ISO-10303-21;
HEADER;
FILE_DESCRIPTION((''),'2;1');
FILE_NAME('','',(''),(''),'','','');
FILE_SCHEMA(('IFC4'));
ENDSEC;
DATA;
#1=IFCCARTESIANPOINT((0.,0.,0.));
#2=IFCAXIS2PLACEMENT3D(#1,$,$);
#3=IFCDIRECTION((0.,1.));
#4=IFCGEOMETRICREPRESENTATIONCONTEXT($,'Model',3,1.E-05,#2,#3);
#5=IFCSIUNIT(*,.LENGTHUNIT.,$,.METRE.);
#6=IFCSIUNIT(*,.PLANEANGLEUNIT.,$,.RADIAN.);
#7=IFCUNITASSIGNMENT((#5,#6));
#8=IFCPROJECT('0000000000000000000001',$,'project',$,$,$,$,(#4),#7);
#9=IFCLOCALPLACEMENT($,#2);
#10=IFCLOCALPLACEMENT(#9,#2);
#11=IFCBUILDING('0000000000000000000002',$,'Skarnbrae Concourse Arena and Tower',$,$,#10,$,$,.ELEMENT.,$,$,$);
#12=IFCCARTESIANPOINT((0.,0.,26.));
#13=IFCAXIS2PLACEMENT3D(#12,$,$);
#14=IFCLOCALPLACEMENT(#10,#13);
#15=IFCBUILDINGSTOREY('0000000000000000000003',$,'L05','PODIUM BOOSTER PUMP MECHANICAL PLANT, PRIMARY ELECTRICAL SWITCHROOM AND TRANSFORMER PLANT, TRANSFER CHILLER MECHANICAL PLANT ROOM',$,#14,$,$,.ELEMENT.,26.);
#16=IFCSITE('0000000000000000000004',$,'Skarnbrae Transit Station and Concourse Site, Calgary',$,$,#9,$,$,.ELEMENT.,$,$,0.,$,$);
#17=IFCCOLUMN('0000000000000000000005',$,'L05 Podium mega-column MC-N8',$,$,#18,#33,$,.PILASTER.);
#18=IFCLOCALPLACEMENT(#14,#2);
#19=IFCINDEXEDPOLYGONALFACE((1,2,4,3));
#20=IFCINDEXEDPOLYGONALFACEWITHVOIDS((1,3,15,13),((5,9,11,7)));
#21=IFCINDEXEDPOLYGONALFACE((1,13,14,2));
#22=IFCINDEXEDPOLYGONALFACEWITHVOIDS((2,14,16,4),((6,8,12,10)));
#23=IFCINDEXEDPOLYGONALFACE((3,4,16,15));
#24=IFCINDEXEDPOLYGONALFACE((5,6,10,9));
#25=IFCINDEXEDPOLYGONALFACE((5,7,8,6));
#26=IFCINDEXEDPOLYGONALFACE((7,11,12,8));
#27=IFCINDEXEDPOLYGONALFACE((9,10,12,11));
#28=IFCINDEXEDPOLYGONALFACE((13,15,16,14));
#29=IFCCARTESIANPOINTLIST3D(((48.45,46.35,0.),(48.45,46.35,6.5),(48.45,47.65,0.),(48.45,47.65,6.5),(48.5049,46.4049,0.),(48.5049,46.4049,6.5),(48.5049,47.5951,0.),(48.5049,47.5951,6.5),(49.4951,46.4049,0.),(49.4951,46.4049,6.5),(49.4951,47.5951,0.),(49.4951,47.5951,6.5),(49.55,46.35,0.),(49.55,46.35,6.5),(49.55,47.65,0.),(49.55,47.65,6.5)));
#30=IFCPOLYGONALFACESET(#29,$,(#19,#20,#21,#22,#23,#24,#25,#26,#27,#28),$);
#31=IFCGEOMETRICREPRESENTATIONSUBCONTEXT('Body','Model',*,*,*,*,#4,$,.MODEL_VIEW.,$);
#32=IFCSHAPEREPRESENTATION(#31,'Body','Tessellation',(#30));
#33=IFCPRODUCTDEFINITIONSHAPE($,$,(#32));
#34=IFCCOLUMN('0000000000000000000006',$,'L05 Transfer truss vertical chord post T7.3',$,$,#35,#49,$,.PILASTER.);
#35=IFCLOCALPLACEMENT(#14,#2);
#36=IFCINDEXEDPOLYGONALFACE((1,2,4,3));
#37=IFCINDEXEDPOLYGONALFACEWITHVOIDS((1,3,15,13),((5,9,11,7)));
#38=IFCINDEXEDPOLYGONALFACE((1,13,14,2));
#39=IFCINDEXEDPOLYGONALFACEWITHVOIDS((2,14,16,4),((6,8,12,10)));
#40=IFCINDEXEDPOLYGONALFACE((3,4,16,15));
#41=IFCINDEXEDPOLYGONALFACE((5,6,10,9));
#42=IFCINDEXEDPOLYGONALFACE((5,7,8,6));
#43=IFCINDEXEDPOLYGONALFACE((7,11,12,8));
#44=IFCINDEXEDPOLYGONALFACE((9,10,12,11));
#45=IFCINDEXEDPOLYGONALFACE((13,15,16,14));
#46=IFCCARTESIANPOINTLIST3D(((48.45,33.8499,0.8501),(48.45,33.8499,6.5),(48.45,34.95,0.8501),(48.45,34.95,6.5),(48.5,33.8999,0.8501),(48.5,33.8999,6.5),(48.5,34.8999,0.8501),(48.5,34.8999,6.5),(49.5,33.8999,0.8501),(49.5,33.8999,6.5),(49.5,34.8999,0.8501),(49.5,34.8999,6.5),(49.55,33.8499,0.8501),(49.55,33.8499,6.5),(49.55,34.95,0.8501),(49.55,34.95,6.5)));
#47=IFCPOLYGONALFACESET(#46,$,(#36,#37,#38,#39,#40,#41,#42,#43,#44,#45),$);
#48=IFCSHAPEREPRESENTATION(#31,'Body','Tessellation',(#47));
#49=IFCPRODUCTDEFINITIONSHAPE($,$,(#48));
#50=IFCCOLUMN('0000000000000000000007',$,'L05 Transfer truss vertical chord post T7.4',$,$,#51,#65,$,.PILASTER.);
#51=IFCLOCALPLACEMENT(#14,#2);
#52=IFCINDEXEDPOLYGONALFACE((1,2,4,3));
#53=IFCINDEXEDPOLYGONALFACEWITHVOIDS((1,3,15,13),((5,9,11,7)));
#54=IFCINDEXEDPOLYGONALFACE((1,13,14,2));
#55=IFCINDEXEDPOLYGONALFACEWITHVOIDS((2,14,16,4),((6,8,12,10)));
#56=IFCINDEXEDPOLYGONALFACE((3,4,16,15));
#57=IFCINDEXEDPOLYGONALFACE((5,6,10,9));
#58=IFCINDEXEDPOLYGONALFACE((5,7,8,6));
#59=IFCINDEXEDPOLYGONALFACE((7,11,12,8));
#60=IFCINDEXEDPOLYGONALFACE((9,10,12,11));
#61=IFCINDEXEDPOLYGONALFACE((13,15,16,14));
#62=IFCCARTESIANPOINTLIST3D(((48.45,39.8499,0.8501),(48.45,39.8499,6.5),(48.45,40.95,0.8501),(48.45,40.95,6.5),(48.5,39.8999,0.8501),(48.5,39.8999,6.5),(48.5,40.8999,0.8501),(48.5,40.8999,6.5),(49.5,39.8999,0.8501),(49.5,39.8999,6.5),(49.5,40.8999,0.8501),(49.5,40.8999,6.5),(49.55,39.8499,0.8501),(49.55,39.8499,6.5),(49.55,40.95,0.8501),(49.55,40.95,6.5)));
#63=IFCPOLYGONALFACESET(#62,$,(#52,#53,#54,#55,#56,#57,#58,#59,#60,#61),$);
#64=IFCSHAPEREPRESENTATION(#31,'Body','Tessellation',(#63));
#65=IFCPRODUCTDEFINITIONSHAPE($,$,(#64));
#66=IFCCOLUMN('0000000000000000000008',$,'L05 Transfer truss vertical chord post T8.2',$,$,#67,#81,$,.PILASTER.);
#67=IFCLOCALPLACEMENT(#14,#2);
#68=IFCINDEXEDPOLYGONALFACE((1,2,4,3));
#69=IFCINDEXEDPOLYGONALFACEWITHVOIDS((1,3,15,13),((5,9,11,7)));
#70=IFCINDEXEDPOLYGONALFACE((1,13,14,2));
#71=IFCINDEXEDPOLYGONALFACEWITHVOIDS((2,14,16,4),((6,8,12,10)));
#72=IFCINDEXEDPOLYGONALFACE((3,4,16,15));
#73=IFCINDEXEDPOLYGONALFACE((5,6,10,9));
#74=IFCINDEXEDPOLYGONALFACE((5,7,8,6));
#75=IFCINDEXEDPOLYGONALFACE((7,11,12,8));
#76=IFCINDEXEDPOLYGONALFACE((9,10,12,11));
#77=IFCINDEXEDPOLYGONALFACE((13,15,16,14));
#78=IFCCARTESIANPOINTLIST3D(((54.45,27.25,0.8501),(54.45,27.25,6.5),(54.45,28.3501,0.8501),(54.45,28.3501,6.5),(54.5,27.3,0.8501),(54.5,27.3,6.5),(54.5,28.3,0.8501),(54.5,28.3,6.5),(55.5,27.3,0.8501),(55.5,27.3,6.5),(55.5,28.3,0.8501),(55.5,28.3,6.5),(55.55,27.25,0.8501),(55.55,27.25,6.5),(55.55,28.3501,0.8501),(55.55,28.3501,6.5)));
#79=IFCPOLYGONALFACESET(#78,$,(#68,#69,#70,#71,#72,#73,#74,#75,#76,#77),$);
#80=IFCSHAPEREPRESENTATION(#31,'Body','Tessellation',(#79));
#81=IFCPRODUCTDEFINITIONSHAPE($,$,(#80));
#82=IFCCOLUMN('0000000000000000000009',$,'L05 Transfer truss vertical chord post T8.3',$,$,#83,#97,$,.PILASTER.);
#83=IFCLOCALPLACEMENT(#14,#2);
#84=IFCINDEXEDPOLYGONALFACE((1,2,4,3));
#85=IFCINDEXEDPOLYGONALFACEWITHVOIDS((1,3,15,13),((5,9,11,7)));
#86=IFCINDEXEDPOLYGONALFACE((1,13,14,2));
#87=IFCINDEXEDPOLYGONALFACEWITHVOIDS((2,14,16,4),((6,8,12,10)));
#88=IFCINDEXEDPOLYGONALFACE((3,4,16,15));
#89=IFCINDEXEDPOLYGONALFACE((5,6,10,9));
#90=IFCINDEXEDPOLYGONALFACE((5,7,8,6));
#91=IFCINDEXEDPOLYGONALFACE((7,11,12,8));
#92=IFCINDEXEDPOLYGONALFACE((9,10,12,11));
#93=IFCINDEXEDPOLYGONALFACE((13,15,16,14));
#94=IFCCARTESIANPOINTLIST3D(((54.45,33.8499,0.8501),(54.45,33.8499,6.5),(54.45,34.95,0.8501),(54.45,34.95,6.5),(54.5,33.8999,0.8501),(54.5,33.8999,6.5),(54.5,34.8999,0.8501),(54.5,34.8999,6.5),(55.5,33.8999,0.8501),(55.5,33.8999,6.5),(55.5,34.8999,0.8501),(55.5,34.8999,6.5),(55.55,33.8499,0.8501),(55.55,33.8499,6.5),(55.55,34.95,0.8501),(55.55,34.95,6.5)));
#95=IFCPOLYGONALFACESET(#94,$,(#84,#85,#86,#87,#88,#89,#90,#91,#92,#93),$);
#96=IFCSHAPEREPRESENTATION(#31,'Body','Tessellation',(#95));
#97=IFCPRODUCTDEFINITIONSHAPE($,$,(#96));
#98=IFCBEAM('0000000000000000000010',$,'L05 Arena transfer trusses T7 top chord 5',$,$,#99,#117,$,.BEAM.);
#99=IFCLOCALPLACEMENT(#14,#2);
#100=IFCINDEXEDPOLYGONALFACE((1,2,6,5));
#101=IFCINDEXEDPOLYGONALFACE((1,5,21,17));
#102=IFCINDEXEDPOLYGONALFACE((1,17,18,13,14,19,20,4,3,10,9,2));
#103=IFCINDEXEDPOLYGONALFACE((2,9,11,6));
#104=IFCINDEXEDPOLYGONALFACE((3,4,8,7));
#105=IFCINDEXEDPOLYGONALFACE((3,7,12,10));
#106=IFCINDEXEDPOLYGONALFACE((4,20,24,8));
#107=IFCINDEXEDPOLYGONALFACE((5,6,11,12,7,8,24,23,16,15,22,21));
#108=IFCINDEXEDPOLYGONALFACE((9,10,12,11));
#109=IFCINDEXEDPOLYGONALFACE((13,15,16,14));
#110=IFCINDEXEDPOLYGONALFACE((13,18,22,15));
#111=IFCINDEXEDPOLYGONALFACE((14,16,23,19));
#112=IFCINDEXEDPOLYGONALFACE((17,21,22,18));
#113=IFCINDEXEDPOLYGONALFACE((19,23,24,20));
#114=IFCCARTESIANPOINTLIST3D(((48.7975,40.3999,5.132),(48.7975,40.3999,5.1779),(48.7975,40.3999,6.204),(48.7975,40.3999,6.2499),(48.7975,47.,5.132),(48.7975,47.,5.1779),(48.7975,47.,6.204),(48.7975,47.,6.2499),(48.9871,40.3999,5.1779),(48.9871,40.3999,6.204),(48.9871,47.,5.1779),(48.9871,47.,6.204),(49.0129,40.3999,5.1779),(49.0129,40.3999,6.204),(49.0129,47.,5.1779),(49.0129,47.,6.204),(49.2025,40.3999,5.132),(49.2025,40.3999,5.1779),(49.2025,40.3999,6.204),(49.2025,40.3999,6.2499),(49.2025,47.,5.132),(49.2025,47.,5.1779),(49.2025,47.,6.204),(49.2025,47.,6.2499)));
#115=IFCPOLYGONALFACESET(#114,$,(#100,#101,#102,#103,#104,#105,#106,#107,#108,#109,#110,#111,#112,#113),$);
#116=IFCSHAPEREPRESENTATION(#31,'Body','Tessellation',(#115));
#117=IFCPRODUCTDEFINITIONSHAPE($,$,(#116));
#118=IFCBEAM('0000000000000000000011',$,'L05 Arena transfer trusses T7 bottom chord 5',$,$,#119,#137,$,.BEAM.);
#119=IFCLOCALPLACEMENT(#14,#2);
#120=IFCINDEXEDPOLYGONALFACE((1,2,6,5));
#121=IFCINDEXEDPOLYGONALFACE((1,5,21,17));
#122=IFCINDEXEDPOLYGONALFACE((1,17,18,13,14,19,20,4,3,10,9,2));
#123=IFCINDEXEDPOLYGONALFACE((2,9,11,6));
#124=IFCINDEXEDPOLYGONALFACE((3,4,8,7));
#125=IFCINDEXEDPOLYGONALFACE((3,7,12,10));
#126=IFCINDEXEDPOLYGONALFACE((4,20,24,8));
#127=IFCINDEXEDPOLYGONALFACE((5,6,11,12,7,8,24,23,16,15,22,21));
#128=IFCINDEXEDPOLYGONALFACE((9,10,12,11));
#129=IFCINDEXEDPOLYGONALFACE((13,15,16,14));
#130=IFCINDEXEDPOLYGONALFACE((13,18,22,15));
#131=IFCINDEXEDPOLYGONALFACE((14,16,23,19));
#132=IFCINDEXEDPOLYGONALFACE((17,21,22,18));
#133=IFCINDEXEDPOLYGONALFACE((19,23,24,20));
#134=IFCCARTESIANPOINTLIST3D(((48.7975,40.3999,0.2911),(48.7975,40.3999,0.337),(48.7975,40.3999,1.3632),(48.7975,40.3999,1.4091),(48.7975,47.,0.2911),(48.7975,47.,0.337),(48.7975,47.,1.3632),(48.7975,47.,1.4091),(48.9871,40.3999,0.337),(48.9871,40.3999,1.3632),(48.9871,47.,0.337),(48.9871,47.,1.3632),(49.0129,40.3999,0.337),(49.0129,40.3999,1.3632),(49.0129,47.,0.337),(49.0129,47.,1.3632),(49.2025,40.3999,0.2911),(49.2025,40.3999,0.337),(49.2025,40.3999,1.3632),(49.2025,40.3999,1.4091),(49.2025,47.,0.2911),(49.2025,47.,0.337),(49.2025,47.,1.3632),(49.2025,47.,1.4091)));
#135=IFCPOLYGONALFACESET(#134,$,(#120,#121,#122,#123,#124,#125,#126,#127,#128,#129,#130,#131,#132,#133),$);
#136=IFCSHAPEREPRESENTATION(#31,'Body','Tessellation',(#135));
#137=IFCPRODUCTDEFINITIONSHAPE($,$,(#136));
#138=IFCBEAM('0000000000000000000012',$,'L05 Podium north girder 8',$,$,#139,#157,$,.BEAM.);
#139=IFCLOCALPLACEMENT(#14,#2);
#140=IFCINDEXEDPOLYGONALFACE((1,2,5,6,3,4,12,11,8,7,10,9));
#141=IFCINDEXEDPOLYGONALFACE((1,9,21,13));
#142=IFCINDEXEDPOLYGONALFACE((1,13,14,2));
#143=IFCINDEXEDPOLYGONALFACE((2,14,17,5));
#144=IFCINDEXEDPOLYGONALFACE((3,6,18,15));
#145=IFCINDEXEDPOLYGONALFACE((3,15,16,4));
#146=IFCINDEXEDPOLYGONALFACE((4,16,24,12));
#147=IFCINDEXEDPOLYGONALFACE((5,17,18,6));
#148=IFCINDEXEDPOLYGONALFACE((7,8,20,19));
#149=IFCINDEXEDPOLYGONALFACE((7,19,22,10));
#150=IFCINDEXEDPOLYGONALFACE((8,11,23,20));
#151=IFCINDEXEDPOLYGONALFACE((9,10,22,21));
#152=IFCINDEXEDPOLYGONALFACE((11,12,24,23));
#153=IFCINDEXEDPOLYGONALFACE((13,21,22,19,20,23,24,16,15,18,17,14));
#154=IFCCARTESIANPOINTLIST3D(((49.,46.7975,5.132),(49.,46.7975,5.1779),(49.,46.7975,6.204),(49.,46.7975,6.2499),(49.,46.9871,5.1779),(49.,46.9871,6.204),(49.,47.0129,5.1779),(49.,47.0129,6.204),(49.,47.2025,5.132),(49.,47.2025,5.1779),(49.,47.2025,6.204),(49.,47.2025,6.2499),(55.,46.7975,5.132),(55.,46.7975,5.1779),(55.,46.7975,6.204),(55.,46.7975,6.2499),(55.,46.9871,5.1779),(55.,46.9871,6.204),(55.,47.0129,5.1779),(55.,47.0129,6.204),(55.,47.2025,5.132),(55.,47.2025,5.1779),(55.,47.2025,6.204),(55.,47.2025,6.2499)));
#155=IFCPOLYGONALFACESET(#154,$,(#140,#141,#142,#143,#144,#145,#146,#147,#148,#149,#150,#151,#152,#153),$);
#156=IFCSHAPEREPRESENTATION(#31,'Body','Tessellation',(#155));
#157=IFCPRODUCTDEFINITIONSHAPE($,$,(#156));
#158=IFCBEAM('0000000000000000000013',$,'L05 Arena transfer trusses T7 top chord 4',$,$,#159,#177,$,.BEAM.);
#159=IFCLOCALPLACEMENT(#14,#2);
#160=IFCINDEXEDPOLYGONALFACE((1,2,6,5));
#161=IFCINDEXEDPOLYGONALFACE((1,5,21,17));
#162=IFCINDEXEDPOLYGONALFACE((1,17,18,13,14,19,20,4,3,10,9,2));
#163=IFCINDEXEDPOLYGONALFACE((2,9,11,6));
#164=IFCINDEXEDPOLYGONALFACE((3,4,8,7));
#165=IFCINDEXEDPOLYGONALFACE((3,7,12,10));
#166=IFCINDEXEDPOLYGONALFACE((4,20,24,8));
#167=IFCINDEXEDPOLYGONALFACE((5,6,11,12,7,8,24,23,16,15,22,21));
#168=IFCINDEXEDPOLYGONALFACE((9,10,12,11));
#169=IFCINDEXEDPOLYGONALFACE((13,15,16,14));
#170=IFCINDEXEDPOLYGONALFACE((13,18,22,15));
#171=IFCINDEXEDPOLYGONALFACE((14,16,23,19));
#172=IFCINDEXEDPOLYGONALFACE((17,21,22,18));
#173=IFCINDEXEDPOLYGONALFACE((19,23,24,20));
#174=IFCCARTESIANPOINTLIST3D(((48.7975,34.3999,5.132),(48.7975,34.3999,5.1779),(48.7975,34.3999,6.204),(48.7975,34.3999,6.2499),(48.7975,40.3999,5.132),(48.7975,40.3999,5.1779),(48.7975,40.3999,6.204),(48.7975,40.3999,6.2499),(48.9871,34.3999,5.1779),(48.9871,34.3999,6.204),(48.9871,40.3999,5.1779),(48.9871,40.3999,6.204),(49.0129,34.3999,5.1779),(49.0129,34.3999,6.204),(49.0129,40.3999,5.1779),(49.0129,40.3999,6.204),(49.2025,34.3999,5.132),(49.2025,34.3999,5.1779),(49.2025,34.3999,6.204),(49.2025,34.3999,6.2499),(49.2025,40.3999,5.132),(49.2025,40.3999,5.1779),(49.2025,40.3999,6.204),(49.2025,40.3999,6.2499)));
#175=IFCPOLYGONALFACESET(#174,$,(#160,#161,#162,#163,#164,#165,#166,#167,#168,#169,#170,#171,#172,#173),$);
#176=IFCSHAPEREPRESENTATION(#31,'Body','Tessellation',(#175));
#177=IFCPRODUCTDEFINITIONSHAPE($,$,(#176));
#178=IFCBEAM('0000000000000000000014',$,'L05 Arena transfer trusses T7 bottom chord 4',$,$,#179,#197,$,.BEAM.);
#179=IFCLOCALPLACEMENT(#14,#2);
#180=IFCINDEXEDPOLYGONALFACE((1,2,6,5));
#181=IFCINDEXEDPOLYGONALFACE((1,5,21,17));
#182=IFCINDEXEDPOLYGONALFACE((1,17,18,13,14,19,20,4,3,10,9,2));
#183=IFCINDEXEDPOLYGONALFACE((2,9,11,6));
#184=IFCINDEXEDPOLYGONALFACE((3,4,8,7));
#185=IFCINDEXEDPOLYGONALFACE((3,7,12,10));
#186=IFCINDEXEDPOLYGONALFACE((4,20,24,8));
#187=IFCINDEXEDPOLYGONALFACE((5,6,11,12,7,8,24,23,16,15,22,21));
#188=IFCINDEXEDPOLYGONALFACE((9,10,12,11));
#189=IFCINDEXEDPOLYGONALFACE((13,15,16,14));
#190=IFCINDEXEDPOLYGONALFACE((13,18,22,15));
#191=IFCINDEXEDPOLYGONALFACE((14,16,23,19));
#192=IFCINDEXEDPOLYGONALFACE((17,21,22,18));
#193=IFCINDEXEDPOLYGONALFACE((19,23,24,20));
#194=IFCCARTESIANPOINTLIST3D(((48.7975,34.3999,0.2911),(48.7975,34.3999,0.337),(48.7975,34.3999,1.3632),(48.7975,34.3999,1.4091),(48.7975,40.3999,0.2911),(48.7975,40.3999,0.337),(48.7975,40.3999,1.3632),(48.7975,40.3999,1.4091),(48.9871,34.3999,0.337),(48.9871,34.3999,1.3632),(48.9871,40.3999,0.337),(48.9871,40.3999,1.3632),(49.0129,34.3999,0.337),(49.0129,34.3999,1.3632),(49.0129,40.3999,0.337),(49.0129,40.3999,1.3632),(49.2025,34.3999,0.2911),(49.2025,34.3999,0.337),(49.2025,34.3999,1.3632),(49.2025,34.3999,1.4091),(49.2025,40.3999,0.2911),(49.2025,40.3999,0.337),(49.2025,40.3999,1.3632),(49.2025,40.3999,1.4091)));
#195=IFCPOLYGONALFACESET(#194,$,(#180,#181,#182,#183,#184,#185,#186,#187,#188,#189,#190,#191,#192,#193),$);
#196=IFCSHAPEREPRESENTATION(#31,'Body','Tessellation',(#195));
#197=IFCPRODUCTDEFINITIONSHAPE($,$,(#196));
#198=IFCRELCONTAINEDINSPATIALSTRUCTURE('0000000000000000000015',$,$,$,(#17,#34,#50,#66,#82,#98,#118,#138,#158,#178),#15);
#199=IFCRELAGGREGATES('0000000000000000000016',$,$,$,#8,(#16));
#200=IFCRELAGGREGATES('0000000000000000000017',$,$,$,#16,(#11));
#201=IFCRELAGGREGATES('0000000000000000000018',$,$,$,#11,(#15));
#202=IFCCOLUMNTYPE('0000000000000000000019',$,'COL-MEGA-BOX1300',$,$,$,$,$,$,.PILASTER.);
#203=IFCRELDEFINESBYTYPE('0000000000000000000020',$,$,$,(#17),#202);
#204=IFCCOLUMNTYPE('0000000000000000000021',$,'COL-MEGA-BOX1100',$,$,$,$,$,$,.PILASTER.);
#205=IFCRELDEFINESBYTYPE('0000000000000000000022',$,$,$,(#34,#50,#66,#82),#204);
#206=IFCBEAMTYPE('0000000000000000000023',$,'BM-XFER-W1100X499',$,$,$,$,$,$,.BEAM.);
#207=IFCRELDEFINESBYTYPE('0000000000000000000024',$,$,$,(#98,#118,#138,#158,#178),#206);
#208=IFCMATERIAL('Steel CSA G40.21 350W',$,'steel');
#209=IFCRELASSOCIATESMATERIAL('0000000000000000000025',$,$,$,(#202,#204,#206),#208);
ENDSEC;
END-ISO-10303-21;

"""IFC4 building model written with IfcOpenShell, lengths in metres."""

from ifc_helpers import new_model, si_unit, direction, frame, origin, origin_2d, place, context, subcontext, project, spatial, hollow_rectangle, i_section, extrude, source, transform, mapped, material, material_profile, profile_set, type_object, element, save


model = new_model("IFC4")

# Units and contexts
model_context = context("Model", 3, precision=1e-05, world=origin(), true_north=direction((0.0, 1.0)))
body_context = subcontext(model_context, "Body", "Model", "MODEL_VIEW")
ifc_project = project(units=[si_unit("LENGTHUNIT", "METRE"), si_unit("PLANEANGLEUNIT", "RADIAN")], contexts=[model_context])

# Site, building, storey
site_placement = place(None, origin())
site = spatial("IfcSite", under=ifc_project, at=site_placement, Name="Skarnbrae Transit Station and Concourse Site, Calgary", CompositionType="ELEMENT", RefElevation=0.0)
building_placement = place(site_placement, origin())
building = spatial("IfcBuilding", under=site, at=building_placement, Name="Skarnbrae Concourse Arena and Tower", CompositionType="ELEMENT")
storey_placement = place(building_placement, frame((0.0, 0.0, 26.0)))
storey = spatial("IfcBuildingStorey", under=building, at=storey_placement, Name="L05", Description="PODIUM BOOSTER PUMP MECHANICAL PLANT, PRIMARY ELECTRICAL SWITCHROOM AND TRANSFORMER PLANT, TRANSFER CHILLER MECHANICAL PLANT ROOM", CompositionType="ELEMENT", Elevation=26.0)

# Columns
ifc_material = material(Name="Steel CSA G40.21 350W", Category="steel")
ifc_material_profile_1 = material_profile(ifc_material, hollow_rectangle(XDim=1.1001, YDim=1.3, WallThickness=0.0549, at=origin_2d()), Name="BOX1300X1100X55")
ifc_profile_set_1 = profile_set([ifc_material_profile_1], Name="Steel CSA G40.21 350W")
column_type_1 = type_object("IfcColumnType", Name="COL-MEGA-BOX1300", PredefinedType="PILASTER", material=ifc_profile_set_1)
shared_shape_1 = source(origin(), body_context, "Body", "SweptSolid", [
    extrude(hollow_rectangle(XDim=1.1001, YDim=1.3, WallThickness=0.0549, at=origin_2d()), origin(), (0.0, 0.0, 1.0), 6.5),
])
column_placement = place(storey_placement, frame((49.0, 47.0, 0.0), z_axis=(0.0, 0.0, 1.0), x_axis=(1.0, 0.0, 0.0)))
element("IfcColumn", 1, at=column_placement, inside=storey, type_object=column_type_1, Name="L05 Podium mega-column MC-N8", PredefinedType="PILASTER", context=body_context, shape_type="MappedRepresentation", body=[
    mapped(shared_shape_1, transform((0.0, 0.0, 0.0))),
])
ifc_material_profile_2 = material_profile(ifc_material, hollow_rectangle(XDim=1.1001, YDim=1.1001, WallThickness=0.05, at=origin_2d()), Name="BOX1100X1100X50")
ifc_profile_set_2 = profile_set([ifc_material_profile_2], Name="Steel CSA G40.21 350W")
column_type_2 = type_object("IfcColumnType", Name="COL-MEGA-BOX1100", PredefinedType="PILASTER", material=ifc_profile_set_2)
shared_shape_2 = source(origin(), body_context, "Body", "SweptSolid", [
    extrude(hollow_rectangle(XDim=1.1001, YDim=1.1001, WallThickness=0.05, at=origin_2d()), origin(), (0.0, 0.0, 1.0), 5.6499),
])
for number, where, z_axis, x_axis, name in (
    (2, (49.0, 34.3999, 0.8501), (0.0, 0.0, 1.0), (1.0, 0.0, 0.0), "L05 Transfer truss vertical chord post T7.3"),
    (3, (49.0, 40.3999, 0.8501), (0.0, 0.0, 1.0), (1.0, 0.0, 0.0), "L05 Transfer truss vertical chord post T7.4"),
    (4, (55.0, 27.8, 0.8501), (0.0, 0.0, 1.0), (1.0, 0.0, 0.0), "L05 Transfer truss vertical chord post T8.2"),
    (5, (55.0, 34.3999, 0.8501), (0.0, 0.0, 1.0), (1.0, 0.0, 0.0), "L05 Transfer truss vertical chord post T8.3"),
):
    element("IfcColumn", number, at=place(storey_placement, frame(where, z_axis=z_axis, x_axis=x_axis)), inside=storey, type_object=column_type_2, Name=name, PredefinedType="PILASTER", context=body_context, shape_type="MappedRepresentation", body=[
        mapped(shared_shape_2, transform((0.0, 0.0, 0.0))),
    ])

# Beams
ifc_material_profile_3 = material_profile(ifc_material, i_section(OverallWidth=0.405, OverallDepth=1.1179, WebThickness=0.0259, FlangeThickness=0.0459, at=origin_2d()), Name="W1100X499")
ifc_profile_set_3 = profile_set([ifc_material_profile_3], Name="Steel CSA G40.21 350W")
beam_type = type_object("IfcBeamType", Name="BM-XFER-W1100X499", PredefinedType="BEAM", material=ifc_profile_set_3)
shared_shape_3 = source(origin(), body_context, "Body", "SweptSolid", [
    extrude(i_section(OverallWidth=0.405, OverallDepth=1.1179, WebThickness=0.0259, FlangeThickness=0.0459, at=origin_2d()), origin(), (0.0, 0.0, 1.0), 6.6001),
])
for number, where, z_axis, x_axis, name in (
    (6, (49.0, 40.3999, 5.6909), (0.0, 1.0, 0.0), (-1.0, 0.0, 0.0), "L05 Arena transfer trusses T7 top chord 5"),
    (7, (49.0, 40.3999, 0.8501), (0.0, 1.0, 0.0), (-1.0, 0.0, 0.0), "L05 Arena transfer trusses T7 bottom chord 5"),
):
    element("IfcBeam", number, at=place(storey_placement, frame(where, z_axis=z_axis, x_axis=x_axis)), inside=storey, type_object=beam_type, Name=name, PredefinedType="BEAM", context=body_context, shape_type="MappedRepresentation", body=[
        mapped(shared_shape_3, transform((0.0, 0.0, 0.0))),
    ])
shared_shape_4 = source(origin(), body_context, "Body", "SweptSolid", [
    extrude(i_section(OverallWidth=0.405, OverallDepth=1.1179, WebThickness=0.0259, FlangeThickness=0.0459, at=origin_2d()), origin(), (0.0, 0.0, 1.0), 6.0),
])
for number, where, z_axis, x_axis, name in (
    (8, (49.0, 47.0, 5.6909), (1.0, 0.0, 0.0), (0.0, 1.0, 0.0), "L05 Podium north girder 8"),
    (9, (49.0, 34.3999, 5.6909), (0.0, 1.0, 0.0), (-1.0, 0.0, 0.0), "L05 Arena transfer trusses T7 top chord 4"),
    (10, (49.0, 34.3999, 0.8501), (0.0, 1.0, 0.0), (-1.0, 0.0, 0.0), "L05 Arena transfer trusses T7 bottom chord 4"),
):
    element("IfcBeam", number, at=place(storey_placement, frame(where, z_axis=z_axis, x_axis=x_axis)), inside=storey, type_object=beam_type, Name=name, PredefinedType="BEAM", context=body_context, shape_type="MappedRepresentation", body=[
        mapped(shared_shape_4, transform((0.0, 0.0, 0.0))),
    ])

save(model, "model.ifc")
